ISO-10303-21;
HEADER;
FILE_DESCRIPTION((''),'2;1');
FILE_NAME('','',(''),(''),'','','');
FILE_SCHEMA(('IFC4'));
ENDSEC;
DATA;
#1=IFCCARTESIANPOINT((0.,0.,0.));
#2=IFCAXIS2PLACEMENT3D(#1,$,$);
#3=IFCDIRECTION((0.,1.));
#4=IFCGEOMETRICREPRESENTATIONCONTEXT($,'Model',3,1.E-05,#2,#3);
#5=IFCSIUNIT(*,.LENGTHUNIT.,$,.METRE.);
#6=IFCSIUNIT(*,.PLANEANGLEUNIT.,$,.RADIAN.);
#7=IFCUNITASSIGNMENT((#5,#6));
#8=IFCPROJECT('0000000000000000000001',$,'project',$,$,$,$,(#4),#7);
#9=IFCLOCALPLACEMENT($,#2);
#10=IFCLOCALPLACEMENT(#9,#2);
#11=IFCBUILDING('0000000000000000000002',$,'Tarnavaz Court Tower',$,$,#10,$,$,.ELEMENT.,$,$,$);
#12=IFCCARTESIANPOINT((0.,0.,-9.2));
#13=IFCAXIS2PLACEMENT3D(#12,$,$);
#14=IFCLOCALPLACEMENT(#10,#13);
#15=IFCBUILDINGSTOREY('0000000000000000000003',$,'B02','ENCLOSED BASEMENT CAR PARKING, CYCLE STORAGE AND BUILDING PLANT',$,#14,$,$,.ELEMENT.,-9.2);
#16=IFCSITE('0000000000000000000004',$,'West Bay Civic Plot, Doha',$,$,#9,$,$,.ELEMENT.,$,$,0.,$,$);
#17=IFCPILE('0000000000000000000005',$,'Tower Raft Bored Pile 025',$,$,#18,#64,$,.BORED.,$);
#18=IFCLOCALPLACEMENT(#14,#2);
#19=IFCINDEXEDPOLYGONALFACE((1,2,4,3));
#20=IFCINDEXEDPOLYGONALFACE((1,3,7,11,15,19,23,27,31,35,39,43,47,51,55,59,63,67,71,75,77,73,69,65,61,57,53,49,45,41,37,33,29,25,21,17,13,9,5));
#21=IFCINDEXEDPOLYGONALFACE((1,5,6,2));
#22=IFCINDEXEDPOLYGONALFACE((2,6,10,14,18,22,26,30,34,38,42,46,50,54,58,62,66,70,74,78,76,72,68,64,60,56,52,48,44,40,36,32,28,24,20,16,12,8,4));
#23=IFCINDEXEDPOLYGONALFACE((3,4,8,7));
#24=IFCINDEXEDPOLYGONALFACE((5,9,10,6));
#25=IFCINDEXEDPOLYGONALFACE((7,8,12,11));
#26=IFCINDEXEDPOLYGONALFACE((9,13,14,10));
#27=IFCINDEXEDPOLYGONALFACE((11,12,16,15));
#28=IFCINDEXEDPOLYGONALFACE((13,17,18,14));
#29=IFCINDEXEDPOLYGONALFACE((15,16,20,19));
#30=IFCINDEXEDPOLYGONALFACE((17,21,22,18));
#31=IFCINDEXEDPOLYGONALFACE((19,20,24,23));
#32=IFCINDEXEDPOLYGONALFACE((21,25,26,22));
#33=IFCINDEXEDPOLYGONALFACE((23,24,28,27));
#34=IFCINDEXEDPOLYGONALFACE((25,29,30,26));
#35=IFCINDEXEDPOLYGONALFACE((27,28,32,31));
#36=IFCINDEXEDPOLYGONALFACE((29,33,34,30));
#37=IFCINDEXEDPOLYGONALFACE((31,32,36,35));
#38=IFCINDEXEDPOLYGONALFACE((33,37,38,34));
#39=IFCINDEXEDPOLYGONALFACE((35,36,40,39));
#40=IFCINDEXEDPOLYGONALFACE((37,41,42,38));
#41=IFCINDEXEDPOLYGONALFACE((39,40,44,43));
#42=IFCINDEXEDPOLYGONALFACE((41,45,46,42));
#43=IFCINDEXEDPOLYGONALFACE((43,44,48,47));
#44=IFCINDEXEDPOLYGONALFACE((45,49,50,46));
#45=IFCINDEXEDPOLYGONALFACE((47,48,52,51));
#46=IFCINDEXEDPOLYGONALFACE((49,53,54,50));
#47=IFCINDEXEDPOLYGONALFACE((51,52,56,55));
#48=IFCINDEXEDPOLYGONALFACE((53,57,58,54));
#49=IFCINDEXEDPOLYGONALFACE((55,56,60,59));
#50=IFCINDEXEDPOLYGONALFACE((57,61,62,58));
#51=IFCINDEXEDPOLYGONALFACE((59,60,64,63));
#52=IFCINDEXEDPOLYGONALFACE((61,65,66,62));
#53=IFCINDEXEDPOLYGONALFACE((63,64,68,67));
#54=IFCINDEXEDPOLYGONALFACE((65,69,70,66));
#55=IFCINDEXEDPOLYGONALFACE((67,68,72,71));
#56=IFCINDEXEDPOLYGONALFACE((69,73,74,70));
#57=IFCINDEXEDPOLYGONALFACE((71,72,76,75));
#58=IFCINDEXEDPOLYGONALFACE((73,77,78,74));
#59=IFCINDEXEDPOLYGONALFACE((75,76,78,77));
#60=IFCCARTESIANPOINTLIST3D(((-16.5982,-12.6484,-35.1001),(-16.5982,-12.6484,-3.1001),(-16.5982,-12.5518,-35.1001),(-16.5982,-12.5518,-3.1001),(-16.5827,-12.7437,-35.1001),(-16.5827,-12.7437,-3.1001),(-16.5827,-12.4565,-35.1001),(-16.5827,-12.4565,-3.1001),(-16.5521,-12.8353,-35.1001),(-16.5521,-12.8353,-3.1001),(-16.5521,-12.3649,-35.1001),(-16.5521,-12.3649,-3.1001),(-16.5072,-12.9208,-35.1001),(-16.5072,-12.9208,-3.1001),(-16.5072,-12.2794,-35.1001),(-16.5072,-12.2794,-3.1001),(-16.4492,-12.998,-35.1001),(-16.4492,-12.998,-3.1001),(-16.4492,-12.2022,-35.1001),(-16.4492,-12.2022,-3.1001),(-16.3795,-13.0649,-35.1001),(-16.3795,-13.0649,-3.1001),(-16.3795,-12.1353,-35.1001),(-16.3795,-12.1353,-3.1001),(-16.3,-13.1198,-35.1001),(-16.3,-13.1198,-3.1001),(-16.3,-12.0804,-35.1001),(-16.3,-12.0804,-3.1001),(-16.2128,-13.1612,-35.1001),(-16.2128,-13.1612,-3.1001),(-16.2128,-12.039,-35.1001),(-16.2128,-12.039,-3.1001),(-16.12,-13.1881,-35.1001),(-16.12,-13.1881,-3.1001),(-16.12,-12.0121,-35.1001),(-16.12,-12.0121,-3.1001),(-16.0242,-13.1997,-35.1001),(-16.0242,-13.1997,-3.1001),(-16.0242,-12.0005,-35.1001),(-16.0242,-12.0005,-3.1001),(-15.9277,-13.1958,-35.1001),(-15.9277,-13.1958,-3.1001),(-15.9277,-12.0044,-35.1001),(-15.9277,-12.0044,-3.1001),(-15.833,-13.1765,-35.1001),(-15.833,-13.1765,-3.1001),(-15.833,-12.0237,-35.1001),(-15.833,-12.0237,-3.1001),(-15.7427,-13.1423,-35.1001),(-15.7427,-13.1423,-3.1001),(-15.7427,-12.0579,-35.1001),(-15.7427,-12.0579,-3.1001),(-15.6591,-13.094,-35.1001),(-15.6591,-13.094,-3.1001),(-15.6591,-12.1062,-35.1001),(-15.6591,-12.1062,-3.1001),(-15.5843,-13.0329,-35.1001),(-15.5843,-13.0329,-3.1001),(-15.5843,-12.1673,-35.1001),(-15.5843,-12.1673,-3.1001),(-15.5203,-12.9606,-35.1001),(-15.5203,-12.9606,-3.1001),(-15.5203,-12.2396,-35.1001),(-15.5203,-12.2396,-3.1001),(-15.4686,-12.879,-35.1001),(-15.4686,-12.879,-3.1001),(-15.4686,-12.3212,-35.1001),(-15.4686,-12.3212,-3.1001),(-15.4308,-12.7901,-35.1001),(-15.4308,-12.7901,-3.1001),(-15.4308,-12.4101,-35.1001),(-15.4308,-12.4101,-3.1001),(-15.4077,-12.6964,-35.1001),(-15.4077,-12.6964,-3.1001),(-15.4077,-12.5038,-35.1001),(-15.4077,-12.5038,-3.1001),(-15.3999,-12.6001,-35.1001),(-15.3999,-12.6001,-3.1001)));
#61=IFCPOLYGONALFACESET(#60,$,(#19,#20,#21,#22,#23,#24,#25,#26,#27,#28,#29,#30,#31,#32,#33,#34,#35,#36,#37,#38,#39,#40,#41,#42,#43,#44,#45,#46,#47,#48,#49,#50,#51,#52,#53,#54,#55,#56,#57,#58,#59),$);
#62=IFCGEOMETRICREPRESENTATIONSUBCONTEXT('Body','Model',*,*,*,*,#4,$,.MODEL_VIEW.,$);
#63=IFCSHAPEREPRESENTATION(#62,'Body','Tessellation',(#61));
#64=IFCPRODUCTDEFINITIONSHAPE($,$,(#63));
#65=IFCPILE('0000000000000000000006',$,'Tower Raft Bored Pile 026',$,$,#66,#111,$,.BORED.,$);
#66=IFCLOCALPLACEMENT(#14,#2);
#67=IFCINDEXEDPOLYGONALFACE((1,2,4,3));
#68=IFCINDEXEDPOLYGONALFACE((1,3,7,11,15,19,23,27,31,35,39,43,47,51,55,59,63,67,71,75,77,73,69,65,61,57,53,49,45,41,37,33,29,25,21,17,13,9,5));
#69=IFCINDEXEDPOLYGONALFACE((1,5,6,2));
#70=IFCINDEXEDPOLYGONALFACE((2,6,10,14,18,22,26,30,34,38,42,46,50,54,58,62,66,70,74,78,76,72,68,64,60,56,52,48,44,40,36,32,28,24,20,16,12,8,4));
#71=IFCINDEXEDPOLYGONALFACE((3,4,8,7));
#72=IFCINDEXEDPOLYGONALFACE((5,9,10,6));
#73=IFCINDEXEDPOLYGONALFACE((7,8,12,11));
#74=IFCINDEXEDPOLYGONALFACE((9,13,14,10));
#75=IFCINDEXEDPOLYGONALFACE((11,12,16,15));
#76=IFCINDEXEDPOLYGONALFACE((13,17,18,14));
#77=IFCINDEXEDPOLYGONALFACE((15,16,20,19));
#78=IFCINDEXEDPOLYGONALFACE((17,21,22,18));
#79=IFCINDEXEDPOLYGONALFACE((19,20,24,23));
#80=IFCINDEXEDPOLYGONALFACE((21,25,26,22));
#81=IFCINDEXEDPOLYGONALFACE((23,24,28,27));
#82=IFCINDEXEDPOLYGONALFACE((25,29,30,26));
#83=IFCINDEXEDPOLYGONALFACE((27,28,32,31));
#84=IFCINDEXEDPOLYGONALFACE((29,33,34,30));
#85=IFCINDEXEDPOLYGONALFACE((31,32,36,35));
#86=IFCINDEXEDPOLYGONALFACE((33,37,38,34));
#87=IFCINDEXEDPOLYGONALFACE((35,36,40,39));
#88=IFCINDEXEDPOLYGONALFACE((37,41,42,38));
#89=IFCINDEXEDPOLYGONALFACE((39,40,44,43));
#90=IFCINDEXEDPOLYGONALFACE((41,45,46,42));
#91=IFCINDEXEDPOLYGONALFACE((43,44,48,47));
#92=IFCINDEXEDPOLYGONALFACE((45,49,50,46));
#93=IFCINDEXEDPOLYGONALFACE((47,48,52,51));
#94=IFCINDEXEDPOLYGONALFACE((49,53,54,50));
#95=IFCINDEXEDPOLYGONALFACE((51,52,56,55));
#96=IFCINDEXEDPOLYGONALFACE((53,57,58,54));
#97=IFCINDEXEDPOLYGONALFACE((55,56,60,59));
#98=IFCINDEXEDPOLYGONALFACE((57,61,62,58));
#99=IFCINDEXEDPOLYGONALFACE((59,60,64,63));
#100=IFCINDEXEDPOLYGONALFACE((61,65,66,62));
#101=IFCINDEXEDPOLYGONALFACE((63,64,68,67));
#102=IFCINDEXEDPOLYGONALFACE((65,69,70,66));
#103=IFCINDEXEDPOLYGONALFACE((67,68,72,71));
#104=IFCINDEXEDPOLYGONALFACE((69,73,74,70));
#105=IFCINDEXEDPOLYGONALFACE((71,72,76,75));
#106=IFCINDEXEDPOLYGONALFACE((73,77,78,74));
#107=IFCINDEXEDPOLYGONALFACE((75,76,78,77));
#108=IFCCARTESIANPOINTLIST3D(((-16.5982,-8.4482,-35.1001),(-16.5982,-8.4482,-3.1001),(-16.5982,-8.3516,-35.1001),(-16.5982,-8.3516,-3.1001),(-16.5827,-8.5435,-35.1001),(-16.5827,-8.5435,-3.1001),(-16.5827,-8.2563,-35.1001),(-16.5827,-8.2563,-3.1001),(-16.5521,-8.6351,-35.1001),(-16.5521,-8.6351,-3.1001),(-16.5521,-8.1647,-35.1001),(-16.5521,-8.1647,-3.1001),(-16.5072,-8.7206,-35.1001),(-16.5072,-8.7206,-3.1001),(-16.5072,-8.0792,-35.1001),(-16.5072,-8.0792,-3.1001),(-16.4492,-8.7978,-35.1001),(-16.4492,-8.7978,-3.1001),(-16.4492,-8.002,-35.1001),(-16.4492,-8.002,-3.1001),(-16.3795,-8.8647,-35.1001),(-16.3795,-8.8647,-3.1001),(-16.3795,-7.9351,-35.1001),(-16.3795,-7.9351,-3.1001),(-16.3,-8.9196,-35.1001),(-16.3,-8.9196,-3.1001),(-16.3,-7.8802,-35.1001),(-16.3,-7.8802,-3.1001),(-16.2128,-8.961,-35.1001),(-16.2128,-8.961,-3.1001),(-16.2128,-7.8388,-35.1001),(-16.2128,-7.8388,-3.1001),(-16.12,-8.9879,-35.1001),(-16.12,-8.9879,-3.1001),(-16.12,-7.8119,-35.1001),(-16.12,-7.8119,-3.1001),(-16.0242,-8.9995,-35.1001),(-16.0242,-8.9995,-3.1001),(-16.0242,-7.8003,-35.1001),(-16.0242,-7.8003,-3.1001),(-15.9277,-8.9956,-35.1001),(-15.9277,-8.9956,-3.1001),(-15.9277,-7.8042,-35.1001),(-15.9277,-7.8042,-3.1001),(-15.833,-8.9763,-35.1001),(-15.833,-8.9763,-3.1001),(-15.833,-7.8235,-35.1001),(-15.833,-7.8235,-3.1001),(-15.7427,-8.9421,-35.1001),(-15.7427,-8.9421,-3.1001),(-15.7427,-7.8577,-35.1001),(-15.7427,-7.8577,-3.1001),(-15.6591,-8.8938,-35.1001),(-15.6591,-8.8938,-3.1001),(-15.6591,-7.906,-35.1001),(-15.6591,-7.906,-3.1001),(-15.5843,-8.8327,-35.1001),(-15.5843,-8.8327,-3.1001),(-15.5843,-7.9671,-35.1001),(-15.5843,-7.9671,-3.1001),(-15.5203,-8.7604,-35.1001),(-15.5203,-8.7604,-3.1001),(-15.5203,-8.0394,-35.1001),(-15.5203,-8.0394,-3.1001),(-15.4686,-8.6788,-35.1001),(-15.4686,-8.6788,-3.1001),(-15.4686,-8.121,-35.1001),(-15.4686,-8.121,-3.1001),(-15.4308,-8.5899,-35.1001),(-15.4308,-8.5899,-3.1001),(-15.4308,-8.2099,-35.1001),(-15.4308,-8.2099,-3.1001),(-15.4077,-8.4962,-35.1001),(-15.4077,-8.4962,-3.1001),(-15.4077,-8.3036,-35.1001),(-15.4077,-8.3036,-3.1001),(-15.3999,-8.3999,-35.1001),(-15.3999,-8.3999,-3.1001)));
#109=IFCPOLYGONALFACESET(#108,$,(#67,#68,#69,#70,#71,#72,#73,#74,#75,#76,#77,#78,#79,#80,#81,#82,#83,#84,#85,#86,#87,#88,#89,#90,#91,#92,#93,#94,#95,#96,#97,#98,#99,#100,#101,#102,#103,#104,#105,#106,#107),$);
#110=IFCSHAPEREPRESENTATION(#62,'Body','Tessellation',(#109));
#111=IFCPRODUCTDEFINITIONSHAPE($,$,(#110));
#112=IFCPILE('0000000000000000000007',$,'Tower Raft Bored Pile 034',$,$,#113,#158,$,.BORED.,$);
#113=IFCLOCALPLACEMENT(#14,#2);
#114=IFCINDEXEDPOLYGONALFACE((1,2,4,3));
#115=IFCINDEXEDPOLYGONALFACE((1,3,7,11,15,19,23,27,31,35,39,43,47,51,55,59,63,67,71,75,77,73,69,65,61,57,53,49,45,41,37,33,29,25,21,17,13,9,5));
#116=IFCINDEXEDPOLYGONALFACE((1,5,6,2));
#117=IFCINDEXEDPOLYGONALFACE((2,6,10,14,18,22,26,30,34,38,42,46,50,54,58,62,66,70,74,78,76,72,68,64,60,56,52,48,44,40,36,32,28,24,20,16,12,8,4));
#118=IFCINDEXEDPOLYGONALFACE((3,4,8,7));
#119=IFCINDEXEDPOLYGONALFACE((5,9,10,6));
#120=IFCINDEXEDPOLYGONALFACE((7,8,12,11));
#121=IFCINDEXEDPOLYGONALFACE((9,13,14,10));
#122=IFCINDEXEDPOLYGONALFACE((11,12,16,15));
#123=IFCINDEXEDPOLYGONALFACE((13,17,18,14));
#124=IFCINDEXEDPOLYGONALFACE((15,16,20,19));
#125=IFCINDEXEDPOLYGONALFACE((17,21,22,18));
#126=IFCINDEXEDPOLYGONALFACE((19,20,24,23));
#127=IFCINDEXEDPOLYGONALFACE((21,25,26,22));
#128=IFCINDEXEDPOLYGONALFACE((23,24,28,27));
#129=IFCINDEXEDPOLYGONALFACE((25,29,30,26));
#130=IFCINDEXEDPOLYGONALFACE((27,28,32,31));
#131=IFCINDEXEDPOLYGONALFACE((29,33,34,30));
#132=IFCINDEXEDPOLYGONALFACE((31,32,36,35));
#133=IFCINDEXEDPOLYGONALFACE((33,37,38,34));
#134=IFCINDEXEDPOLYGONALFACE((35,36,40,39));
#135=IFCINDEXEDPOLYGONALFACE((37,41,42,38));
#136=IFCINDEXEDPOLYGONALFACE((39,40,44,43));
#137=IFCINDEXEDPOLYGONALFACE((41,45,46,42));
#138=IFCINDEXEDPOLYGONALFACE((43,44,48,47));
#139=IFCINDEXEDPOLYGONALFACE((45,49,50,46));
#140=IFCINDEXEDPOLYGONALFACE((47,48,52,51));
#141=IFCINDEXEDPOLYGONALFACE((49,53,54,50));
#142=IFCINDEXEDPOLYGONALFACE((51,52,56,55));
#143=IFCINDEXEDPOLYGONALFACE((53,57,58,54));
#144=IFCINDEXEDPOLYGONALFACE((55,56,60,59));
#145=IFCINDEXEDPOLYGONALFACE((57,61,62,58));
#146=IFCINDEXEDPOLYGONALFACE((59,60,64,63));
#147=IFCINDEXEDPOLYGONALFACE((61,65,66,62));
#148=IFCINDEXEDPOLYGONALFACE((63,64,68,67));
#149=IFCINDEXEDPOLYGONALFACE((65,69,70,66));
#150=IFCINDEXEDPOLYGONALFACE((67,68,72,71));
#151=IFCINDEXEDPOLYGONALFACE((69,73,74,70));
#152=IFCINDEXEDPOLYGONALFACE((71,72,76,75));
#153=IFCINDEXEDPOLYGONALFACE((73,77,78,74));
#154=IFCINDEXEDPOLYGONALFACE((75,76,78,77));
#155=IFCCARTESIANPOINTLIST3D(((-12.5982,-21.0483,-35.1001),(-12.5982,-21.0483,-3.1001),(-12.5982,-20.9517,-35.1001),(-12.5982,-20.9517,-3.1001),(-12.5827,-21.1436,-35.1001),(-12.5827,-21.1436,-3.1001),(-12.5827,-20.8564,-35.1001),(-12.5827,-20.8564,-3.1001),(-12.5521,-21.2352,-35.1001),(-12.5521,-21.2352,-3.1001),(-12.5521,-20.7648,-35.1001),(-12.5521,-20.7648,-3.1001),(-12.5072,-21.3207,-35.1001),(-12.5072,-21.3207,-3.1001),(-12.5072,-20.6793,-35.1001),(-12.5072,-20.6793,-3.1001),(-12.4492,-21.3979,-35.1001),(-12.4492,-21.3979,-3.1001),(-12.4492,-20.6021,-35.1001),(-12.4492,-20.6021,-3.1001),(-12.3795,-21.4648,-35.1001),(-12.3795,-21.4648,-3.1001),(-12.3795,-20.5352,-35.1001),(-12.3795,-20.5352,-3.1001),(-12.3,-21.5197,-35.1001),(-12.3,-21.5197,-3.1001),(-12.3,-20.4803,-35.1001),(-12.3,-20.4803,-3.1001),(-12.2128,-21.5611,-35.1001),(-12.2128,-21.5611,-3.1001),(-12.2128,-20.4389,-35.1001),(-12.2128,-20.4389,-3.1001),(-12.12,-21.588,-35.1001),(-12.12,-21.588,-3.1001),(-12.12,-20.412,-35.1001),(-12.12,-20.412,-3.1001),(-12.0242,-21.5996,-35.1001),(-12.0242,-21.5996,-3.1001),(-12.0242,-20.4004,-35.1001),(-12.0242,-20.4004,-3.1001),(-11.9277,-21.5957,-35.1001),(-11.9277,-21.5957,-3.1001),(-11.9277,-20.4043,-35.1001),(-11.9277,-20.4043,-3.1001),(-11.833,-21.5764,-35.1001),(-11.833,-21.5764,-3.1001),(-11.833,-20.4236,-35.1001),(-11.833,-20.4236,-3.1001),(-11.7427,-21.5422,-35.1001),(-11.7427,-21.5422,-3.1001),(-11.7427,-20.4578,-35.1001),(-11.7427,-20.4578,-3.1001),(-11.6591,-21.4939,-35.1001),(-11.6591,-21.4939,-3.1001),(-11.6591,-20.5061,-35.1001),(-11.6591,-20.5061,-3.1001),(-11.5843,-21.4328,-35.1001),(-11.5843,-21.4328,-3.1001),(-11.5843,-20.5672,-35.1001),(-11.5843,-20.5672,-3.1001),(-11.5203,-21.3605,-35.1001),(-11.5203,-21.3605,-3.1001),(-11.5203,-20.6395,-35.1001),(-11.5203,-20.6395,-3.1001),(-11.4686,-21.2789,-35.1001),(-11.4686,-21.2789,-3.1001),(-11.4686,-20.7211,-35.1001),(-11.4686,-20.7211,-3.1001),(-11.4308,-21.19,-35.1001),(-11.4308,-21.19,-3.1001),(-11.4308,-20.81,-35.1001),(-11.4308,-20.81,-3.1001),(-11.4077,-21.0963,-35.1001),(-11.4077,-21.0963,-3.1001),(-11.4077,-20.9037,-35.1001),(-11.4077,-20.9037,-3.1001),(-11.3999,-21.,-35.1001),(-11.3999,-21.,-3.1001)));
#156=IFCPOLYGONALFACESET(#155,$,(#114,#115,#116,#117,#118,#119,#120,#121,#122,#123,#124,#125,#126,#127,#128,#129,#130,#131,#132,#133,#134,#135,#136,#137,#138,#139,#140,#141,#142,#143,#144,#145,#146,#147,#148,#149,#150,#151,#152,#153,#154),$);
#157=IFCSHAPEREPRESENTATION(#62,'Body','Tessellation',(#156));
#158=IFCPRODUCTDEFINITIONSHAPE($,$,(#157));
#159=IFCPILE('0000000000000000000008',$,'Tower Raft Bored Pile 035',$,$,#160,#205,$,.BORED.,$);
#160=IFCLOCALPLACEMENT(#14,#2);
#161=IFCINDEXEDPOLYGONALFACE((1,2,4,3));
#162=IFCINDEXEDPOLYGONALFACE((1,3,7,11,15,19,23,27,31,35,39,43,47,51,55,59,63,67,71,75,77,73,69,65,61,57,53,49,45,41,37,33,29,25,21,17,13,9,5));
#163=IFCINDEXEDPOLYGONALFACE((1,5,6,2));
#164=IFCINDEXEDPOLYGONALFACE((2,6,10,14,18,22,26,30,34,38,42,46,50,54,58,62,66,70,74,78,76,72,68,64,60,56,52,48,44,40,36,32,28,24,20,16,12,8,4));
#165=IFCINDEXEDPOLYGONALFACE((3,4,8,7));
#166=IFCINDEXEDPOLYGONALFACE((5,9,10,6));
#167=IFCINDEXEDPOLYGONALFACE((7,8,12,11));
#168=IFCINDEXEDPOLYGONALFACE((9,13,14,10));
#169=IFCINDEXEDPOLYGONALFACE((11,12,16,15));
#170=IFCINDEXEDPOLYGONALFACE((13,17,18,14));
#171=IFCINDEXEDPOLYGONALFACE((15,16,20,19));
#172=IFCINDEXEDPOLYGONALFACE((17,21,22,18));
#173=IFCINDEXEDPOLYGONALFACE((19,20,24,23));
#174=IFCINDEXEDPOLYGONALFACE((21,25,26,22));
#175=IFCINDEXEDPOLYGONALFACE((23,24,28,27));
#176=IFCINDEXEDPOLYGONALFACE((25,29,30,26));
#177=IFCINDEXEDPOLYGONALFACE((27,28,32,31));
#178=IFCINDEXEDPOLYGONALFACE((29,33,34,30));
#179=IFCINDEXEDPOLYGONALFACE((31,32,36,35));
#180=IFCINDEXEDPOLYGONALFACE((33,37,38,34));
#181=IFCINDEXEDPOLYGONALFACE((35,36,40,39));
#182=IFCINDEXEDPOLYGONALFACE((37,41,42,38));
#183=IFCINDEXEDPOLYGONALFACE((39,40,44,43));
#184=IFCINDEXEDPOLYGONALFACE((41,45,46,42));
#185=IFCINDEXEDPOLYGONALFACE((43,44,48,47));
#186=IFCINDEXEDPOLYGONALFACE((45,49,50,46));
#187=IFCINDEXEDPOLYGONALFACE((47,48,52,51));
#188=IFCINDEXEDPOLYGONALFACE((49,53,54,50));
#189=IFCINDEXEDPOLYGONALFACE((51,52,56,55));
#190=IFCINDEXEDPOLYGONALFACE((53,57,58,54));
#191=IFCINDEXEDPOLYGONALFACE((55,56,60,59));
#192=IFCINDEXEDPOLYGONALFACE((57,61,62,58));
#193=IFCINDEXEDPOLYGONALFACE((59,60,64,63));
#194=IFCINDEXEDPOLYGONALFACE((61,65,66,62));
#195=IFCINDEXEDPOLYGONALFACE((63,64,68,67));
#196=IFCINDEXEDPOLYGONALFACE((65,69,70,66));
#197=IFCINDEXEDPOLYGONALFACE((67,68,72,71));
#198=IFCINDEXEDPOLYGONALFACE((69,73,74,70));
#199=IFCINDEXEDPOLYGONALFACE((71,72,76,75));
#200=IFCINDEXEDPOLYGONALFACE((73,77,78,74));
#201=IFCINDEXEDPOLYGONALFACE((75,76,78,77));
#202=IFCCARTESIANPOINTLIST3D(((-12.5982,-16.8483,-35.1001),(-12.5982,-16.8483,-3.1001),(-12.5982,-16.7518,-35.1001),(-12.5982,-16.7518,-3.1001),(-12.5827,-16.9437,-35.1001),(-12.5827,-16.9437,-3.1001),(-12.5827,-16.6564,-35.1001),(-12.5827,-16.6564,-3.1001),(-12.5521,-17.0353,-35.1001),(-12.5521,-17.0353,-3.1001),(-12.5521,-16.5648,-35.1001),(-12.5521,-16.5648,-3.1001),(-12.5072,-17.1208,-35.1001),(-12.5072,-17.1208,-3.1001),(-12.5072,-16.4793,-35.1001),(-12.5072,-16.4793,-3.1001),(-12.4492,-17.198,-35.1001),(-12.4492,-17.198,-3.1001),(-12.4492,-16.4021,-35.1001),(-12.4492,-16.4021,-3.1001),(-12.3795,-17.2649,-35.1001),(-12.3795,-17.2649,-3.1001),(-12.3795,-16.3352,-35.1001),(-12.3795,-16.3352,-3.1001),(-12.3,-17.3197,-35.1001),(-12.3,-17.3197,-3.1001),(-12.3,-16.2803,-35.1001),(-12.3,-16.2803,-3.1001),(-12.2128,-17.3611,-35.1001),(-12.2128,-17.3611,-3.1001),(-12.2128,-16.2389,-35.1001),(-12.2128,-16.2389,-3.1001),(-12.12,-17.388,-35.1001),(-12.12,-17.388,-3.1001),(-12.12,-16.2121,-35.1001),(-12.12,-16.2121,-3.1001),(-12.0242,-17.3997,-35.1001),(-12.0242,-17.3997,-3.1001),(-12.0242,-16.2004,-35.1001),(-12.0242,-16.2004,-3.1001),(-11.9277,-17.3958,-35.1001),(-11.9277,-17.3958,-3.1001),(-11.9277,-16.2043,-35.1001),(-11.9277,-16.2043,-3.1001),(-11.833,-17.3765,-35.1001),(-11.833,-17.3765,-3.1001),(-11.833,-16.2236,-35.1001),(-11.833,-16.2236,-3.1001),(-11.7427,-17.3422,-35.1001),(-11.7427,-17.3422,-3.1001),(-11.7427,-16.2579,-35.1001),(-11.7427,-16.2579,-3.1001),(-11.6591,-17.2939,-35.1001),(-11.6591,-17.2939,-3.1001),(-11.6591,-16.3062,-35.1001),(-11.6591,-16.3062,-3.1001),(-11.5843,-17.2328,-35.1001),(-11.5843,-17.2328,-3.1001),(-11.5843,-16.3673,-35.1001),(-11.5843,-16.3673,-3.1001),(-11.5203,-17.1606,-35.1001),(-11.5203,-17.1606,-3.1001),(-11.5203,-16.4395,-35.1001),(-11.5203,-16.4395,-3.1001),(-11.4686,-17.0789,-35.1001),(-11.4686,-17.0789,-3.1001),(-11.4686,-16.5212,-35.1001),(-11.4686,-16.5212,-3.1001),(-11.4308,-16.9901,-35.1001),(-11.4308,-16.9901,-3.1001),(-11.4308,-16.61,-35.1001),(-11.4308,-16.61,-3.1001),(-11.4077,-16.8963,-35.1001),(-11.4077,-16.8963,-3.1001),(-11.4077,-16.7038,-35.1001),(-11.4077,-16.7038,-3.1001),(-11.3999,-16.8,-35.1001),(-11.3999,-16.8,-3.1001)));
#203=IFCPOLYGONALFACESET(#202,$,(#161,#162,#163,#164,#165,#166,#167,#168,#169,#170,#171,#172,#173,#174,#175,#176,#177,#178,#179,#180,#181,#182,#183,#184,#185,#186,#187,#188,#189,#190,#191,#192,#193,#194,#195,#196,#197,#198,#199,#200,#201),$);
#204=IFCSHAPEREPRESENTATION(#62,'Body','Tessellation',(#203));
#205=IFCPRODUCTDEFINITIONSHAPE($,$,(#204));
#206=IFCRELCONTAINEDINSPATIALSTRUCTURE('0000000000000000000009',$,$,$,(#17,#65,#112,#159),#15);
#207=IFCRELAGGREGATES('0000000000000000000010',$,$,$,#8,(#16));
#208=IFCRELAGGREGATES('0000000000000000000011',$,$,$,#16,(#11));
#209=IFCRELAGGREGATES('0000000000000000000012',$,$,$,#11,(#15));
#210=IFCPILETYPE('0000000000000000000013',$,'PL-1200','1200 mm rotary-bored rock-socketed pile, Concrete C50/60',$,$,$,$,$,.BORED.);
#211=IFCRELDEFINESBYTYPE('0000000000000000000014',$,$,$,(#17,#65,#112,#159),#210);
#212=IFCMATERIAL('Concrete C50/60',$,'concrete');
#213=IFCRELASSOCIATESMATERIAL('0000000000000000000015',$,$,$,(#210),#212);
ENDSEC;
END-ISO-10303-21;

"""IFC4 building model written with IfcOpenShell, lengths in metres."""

from ifc_helpers import new_model, si_unit, direction, frame, origin, origin_2d, place, context, subcontext, project, spatial, circle, extrude, material, material_profile, profile_set, type_object, element, save


model = new_model("IFC4")

# Units and contexts
model_context = context("Model", 3, precision=1e-05, world=origin(), true_north=direction((0.0, 1.0)))
body_context = subcontext(model_context, "Body", "Model", "MODEL_VIEW")
ifc_project = project(units=[si_unit("LENGTHUNIT", "METRE"), si_unit("PLANEANGLEUNIT", "RADIAN")], contexts=[model_context])

# Site, building, storey
site_placement = place(None, origin())
site = spatial("IfcSite", under=ifc_project, at=site_placement, Name="West Bay Civic Plot, Doha", CompositionType="ELEMENT", RefElevation=0.0)
building_placement = place(site_placement, origin())
building = spatial("IfcBuilding", under=site, at=building_placement, Name="Tarnavaz Court Tower", CompositionType="ELEMENT")
storey_placement = place(building_placement, frame((0.0, 0.0, -9.2)))
storey = spatial("IfcBuildingStorey", under=building, at=storey_placement, Name="B02", Description="ENCLOSED BASEMENT CAR PARKING, CYCLE STORAGE AND BUILDING PLANT", CompositionType="ELEMENT", Elevation=-9.2)

# Shared definitions
ifc_material_1 = material(Name="Concrete C50/60", Category="concrete")

# Piles
ifc_material_profile_1 = material_profile(ifc_material_1, circle(Radius=0.6001, at=origin_2d()), Name="PILE D1200")
ifc_profile_set_1 = profile_set([ifc_material_profile_1], Name="Concrete C50/60")
pile_type_1 = type_object("IfcPileType", Name="PL-1200", Description="1200 mm rotary-bored rock-socketed pile, Concrete C50/60", PredefinedType="BORED", material=ifc_profile_set_1)
for number, where, z_axis, x_axis, name in (
    (1, (-16.0, -12.6001, -3.1001), (0.0, 0.0, -1.0), (1.0, 0.0, 0.0), "Tower Raft Bored Pile 025"),
    (2, (-16.0, -8.3999, -3.1001), (0.0, 0.0, -1.0), (1.0, 0.0, 0.0), "Tower Raft Bored Pile 026"),
    (3, (-12.0, -21.0, -3.1001), (0.0, 0.0, -1.0), (1.0, 0.0, 0.0), "Tower Raft Bored Pile 034"),
    (4, (-12.0, -16.8, -3.1001), (0.0, 0.0, -1.0), (1.0, 0.0, 0.0), "Tower Raft Bored Pile 035"),
):
    element("IfcPile", number, at=place(storey_placement, frame(where, z_axis=z_axis, x_axis=x_axis)), inside=storey, type_object=pile_type_1, Name=name, PredefinedType="BORED", context=body_context, shape_type="SweptSolid", body=[
        extrude(circle(Radius=0.6001, at=origin_2d()), origin(), (0.0, 0.0, 1.0), 32.0),
    ])

save(model, "model.ifc")
